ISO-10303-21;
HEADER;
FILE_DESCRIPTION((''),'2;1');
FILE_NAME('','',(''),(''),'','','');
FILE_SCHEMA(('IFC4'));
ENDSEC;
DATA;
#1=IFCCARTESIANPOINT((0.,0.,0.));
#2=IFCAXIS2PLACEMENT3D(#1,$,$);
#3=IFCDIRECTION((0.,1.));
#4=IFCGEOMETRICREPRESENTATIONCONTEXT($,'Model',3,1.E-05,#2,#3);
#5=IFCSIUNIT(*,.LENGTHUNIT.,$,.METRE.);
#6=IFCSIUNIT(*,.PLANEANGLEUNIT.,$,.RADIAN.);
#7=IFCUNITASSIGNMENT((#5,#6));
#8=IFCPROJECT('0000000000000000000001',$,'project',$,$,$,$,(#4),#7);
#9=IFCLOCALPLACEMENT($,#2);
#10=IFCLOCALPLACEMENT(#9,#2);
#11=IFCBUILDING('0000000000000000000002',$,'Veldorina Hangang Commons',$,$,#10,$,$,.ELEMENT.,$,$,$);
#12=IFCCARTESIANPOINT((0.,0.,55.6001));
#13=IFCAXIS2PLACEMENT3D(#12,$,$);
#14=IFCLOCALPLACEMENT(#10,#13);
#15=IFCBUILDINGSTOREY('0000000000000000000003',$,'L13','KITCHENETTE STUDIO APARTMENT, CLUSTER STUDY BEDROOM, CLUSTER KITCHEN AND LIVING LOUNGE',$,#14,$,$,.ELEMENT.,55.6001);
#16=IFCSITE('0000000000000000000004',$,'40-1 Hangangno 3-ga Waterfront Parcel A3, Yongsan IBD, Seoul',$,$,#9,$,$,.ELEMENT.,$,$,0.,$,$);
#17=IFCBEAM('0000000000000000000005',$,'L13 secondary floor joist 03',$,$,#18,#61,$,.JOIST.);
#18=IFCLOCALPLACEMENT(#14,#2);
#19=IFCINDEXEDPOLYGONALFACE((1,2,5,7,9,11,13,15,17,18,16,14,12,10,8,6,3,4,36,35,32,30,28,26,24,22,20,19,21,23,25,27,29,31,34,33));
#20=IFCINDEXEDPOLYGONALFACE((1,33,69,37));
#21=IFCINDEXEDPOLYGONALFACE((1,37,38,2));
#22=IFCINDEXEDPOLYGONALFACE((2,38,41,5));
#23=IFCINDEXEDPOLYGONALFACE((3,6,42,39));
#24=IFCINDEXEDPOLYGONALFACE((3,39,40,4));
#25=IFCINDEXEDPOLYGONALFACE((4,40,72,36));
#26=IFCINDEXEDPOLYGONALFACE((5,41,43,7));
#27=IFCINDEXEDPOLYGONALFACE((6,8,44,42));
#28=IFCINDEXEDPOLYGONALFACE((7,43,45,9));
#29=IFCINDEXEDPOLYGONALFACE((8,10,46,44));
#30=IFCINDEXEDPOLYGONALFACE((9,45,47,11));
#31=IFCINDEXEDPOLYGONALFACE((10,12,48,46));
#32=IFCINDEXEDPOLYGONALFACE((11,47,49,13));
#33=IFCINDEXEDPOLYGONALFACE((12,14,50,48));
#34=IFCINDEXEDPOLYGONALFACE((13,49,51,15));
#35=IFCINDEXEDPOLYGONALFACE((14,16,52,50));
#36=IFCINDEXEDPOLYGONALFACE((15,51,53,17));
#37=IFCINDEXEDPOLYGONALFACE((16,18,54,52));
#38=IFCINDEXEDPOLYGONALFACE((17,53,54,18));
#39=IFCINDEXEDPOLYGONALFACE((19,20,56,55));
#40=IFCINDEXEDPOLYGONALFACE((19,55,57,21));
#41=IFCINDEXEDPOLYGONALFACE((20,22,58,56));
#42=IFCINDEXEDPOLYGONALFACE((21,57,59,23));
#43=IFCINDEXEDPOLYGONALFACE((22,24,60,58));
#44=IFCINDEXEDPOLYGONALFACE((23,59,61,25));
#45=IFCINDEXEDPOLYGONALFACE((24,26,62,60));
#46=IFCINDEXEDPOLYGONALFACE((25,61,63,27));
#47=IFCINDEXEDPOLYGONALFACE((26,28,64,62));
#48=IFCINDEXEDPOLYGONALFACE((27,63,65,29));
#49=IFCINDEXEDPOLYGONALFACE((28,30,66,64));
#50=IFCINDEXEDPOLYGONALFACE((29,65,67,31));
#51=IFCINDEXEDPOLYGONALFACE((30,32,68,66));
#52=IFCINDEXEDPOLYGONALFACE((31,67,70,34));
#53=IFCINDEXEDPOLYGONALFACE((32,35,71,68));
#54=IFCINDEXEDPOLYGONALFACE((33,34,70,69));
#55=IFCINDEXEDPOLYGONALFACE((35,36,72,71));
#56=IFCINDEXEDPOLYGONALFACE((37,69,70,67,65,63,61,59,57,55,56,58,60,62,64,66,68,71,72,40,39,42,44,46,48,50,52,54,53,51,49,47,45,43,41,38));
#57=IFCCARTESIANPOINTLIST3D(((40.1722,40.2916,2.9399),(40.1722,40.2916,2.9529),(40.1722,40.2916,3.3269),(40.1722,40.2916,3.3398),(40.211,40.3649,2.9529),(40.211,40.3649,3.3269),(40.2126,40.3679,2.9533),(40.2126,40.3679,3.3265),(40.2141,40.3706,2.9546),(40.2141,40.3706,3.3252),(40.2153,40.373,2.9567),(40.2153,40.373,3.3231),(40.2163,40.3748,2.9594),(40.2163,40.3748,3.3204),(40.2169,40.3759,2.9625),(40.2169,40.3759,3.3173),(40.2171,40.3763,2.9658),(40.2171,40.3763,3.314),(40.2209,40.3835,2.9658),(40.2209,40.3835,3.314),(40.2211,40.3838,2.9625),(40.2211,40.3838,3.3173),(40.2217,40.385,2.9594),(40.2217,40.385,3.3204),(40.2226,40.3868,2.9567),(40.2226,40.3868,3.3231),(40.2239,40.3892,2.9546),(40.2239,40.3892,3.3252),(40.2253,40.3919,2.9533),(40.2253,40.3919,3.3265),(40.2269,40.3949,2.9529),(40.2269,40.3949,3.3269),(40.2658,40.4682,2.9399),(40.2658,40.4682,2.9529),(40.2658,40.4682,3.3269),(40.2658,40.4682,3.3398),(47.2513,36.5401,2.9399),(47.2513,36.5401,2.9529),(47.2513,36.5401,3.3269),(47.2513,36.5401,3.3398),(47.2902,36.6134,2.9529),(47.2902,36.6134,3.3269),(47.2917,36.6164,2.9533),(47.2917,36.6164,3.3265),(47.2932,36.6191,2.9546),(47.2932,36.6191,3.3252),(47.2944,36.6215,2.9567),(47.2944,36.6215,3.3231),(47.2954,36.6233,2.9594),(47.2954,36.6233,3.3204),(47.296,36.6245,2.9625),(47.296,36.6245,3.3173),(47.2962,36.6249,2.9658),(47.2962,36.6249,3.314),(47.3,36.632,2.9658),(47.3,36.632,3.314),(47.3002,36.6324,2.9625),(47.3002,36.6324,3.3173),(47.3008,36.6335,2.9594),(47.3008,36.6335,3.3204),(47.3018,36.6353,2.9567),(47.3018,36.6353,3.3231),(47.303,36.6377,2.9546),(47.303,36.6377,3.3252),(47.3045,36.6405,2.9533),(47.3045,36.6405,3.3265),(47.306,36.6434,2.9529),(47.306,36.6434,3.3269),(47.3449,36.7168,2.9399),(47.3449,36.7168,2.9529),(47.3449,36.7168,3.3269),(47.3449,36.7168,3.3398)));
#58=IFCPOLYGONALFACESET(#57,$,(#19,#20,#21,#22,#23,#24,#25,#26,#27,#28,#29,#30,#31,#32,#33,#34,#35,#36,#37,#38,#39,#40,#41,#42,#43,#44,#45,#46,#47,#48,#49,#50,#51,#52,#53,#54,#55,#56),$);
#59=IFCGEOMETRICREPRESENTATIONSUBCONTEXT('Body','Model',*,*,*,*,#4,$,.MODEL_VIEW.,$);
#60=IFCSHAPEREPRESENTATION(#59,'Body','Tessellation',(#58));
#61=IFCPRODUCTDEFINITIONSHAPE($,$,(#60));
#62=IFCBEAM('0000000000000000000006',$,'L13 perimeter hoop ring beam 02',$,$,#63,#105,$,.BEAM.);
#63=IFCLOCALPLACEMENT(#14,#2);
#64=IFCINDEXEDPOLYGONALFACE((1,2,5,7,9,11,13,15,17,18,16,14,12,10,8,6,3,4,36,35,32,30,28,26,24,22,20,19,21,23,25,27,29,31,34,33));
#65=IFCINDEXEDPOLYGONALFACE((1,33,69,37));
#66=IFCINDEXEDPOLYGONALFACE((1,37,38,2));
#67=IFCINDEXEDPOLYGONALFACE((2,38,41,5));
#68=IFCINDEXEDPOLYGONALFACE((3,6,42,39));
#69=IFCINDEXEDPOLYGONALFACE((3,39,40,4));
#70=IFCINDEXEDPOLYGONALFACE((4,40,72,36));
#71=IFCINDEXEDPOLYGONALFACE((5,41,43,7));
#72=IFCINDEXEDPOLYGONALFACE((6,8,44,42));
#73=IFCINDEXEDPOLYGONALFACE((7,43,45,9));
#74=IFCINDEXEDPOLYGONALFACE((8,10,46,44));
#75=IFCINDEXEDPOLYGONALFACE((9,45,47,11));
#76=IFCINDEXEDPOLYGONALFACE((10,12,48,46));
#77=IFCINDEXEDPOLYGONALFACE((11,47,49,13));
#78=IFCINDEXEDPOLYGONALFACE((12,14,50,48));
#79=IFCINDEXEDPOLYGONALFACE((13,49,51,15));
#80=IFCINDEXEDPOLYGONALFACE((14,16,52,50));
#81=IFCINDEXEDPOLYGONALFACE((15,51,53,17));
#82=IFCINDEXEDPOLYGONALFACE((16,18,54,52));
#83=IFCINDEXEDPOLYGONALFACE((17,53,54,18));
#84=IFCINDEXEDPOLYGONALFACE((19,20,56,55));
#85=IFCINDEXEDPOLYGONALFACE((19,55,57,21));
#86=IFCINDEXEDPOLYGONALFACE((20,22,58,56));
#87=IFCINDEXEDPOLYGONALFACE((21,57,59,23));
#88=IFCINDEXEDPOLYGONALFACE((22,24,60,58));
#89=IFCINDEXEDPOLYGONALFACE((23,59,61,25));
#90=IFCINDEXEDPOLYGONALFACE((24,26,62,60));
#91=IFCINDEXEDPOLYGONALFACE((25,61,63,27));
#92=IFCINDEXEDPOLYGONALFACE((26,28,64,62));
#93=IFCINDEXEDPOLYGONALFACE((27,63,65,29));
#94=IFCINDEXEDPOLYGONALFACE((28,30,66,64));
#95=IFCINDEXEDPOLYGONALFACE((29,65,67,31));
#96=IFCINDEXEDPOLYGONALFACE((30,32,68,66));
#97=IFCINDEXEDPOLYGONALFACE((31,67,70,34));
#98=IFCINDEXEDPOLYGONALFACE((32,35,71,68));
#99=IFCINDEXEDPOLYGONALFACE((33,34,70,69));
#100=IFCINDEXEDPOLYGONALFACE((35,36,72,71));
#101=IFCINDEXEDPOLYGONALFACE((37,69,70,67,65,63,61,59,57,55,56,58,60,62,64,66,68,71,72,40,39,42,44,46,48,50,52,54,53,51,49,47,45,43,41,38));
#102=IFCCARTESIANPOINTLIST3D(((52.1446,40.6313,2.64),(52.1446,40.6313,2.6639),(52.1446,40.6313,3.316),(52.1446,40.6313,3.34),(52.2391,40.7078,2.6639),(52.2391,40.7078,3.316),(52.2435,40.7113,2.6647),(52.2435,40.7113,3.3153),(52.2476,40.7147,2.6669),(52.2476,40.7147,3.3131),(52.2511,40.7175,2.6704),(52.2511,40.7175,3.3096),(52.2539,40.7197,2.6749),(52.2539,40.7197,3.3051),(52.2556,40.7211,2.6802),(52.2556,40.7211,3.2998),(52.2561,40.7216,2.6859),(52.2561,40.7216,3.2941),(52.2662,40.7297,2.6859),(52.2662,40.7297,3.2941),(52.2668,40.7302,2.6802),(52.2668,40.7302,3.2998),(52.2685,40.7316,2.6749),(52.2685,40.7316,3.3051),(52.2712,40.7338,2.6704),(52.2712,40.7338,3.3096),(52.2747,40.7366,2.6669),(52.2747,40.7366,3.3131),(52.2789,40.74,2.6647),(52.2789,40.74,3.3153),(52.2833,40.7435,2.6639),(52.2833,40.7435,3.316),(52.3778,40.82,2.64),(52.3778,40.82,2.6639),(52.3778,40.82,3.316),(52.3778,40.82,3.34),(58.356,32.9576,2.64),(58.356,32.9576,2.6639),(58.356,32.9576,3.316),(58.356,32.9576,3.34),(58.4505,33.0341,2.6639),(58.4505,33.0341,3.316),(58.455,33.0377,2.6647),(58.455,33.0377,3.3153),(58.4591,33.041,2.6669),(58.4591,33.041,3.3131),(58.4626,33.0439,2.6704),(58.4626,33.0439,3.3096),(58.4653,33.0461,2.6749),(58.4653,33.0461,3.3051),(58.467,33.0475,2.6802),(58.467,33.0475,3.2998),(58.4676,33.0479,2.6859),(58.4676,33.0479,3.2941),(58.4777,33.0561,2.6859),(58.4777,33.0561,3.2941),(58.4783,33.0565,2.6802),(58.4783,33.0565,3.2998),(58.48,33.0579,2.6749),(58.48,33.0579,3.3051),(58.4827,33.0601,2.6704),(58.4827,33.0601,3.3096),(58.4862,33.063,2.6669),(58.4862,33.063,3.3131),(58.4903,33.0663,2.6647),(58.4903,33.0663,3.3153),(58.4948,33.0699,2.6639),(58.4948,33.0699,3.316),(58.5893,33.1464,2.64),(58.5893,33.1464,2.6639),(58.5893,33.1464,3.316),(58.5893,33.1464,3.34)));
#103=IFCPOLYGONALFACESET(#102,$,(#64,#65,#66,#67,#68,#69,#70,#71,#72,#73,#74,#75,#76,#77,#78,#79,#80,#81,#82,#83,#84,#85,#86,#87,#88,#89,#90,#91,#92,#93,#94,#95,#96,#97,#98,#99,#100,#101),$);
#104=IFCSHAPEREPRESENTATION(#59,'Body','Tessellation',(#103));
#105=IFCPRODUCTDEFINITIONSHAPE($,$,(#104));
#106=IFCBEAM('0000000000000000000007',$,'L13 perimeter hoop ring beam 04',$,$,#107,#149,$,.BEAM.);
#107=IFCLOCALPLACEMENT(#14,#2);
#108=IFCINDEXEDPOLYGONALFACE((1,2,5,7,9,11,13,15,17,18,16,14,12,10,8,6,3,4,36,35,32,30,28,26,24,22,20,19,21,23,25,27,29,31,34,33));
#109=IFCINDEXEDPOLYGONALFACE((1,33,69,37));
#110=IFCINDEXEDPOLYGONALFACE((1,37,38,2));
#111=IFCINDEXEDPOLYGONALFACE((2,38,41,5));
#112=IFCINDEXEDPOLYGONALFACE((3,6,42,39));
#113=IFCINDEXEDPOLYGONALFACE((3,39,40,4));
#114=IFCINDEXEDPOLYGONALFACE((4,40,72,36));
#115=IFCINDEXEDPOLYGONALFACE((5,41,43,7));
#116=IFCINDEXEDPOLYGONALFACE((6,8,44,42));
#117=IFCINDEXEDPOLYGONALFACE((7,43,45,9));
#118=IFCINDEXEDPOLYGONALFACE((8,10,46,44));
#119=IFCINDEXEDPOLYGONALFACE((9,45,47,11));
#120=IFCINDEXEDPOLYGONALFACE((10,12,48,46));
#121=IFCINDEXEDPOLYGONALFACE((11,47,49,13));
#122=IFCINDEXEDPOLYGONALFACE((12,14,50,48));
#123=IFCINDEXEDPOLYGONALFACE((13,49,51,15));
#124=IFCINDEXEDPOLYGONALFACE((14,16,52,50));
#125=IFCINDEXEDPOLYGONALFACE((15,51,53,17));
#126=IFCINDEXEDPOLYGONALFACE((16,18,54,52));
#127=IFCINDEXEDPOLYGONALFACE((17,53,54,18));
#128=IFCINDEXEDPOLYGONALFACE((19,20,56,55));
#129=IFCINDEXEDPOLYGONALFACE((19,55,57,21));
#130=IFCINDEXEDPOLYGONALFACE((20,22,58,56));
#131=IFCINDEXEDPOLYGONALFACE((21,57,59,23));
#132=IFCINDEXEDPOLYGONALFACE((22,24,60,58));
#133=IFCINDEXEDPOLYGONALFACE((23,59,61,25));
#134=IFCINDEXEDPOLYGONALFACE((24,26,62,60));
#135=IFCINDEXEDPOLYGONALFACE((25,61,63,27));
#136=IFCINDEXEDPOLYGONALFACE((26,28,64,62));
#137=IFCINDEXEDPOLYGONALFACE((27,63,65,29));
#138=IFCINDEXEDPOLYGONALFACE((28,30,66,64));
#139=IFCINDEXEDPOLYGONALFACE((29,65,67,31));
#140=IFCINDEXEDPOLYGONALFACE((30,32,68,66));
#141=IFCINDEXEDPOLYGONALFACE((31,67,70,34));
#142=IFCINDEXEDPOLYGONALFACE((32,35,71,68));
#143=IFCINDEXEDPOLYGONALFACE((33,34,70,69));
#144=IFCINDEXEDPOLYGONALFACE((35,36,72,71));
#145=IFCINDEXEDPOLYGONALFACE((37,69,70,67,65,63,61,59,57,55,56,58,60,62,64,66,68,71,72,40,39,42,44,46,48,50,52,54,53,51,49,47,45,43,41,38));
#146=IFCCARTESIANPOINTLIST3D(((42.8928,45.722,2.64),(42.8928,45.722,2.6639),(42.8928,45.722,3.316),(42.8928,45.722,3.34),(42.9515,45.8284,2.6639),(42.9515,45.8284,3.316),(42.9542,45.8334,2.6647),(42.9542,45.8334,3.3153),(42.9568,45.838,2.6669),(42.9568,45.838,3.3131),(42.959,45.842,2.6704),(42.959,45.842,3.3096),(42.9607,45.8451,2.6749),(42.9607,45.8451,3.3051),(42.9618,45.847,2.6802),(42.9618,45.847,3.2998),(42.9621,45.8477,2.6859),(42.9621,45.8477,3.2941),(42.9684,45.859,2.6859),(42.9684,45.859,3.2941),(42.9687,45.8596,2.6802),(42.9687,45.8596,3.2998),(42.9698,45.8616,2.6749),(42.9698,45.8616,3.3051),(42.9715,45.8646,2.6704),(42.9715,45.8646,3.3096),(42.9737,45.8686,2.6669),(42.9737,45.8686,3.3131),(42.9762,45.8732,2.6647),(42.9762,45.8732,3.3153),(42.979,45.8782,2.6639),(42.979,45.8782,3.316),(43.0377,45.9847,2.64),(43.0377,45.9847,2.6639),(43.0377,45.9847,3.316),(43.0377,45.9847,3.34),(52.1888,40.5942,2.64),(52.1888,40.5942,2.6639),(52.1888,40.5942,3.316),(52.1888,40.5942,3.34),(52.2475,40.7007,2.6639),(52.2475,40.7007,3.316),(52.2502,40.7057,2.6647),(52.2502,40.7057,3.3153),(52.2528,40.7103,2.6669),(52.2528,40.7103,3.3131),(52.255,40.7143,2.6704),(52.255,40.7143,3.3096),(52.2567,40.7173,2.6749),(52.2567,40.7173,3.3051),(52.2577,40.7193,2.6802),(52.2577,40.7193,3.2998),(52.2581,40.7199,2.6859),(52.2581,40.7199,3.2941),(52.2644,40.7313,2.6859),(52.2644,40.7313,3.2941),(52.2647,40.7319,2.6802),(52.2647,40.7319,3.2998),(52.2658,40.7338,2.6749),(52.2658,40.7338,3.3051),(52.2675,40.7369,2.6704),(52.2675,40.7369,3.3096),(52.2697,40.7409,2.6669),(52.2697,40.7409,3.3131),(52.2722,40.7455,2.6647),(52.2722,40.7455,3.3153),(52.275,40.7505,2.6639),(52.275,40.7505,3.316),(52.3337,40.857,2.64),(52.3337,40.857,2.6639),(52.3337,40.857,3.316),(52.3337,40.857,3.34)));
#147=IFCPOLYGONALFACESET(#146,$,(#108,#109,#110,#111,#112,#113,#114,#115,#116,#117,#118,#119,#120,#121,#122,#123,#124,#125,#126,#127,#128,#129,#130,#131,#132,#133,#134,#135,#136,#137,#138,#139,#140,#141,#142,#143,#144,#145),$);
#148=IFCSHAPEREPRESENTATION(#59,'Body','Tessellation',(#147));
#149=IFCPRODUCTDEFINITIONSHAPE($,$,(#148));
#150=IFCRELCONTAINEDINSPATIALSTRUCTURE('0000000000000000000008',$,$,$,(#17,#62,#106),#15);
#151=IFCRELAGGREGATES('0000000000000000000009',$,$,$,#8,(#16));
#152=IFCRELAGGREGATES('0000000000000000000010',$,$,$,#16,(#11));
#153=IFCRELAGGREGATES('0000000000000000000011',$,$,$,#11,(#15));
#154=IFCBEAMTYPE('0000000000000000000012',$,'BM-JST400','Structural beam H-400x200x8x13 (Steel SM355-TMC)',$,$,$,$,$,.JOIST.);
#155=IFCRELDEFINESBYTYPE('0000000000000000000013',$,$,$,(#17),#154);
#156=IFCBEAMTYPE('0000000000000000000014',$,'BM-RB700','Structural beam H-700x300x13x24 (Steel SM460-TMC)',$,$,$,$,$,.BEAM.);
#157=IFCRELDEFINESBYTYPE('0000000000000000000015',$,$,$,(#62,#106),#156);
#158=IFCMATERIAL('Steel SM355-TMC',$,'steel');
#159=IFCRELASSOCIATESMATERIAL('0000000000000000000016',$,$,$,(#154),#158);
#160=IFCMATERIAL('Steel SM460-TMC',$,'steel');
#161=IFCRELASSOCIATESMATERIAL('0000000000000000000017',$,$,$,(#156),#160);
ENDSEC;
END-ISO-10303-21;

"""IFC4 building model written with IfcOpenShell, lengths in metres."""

from ifc_helpers import new_model, si_unit, direction, frame, origin, origin_2d, place, context, subcontext, project, spatial, i_section, extrude, material, material_profile, profile_set, type_object, element, save


model = new_model("IFC4")

# Units and contexts
model_context = context("Model", 3, precision=1e-05, world=origin(), true_north=direction((0.0, 1.0)))
body_context = subcontext(model_context, "Body", "Model", "MODEL_VIEW")
ifc_project = project(units=[si_unit("LENGTHUNIT", "METRE"), si_unit("PLANEANGLEUNIT", "RADIAN")], contexts=[model_context])

# Site, building, storey
site_placement = place(None, origin())
site = spatial("IfcSite", under=ifc_project, at=site_placement, Name="40-1 Hangangno 3-ga Waterfront Parcel A3, Yongsan IBD, Seoul", CompositionType="ELEMENT", RefElevation=0.0)
building_placement = place(site_placement, origin())
building = spatial("IfcBuilding", under=site, at=building_placement, Name="Veldorina Hangang Commons", CompositionType="ELEMENT")
storey_placement = place(building_placement, frame((0.0, 0.0, 55.6001)))
storey = spatial("IfcBuildingStorey", under=building, at=storey_placement, Name="L13", Description="KITCHENETTE STUDIO APARTMENT, CLUSTER STUDY BEDROOM, CLUSTER KITCHEN AND LIVING LOUNGE", CompositionType="ELEMENT", Elevation=55.6001)

# Beams
ifc_material_1 = material(Name="Steel SM355-TMC", Category="steel")
ifc_material_profile_1 = material_profile(ifc_material_1, i_section(OverallWidth=0.2, OverallDepth=0.3999, WebThickness=0.0081, FlangeThickness=0.0129, FilletRadius=0.0129, at=origin_2d()), Name="H-400x200x8x13")
ifc_profile_set_1 = profile_set([ifc_material_profile_1], Name="Steel SM355-TMC")
beam_type_1 = type_object("IfcBeamType", Name="BM-JST400", Description="Structural beam H-400x200x8x13 (Steel SM355-TMC)", PredefinedType="JOIST", material=ifc_profile_set_1)
beam_1_placement = place(storey_placement, frame((47.2981, 36.6284, 3.1399), z_axis=(-0.883597, 0.468249, 0.0), x_axis=(-0.468249, -0.883597, 0.0)))
element("IfcBeam", 1, at=beam_1_placement, inside=storey, type_object=beam_type_1, Name="L13 secondary floor joist 03", PredefinedType="JOIST", context=body_context, shape_type="SweptSolid", body=[
    extrude(i_section(OverallWidth=0.2, OverallDepth=0.3999, WebThickness=0.0081, FlangeThickness=0.0129, FilletRadius=0.0129, at=origin_2d()), origin(), (0.0, 0.0, 1.0), 8.0117),
])
ifc_material_2 = material(Name="Steel SM460-TMC", Category="steel")
ifc_material_profile_2 = material_profile(ifc_material_2, i_section(OverallWidth=0.3, OverallDepth=0.7, WebThickness=0.0129, FlangeThickness=0.0239, FilletRadius=0.022, at=origin_2d()), Name="H-700x300x13x24")
ifc_profile_set_2 = profile_set([ifc_material_profile_2], Name="Steel SM460-TMC")
beam_type_2 = type_object("IfcBeamType", Name="BM-RB700", Description="Structural beam H-700x300x13x24 (Steel SM460-TMC)", PredefinedType="BEAM", material=ifc_profile_set_2)
beam_2_placement = place(storey_placement, frame((58.4727, 33.052, 2.99), z_axis=(-0.629166, 0.777271, 0.0), x_axis=(-0.777271, -0.629166, 0.0)))
element("IfcBeam", 2, at=beam_2_placement, inside=storey, type_object=beam_type_2, Name="L13 perimeter hoop ring beam 02", PredefinedType="BEAM", context=body_context, shape_type="SweptSolid", body=[
    extrude(i_section(OverallWidth=0.3, OverallDepth=0.7, WebThickness=0.0129, FlangeThickness=0.0239, FilletRadius=0.022, at=origin_2d()), origin(), (0.0, 0.0, 1.0), 9.8726),
])
beam_3_placement = place(storey_placement, frame((52.2612, 40.7256, 2.99), z_axis=(-0.875621, 0.482999, 0.0), x_axis=(-0.482999, -0.875621, 0.0)))
element("IfcBeam", 3, at=beam_3_placement, inside=storey, type_object=beam_type_2, Name="L13 perimeter hoop ring beam 04", PredefinedType="BEAM", context=body_context, shape_type="SweptSolid", body=[
    extrude(i_section(OverallWidth=0.3, OverallDepth=0.7, WebThickness=0.0129, FlangeThickness=0.0239, FilletRadius=0.022, at=origin_2d()), origin(), (0.0, 0.0, 1.0), 10.6165),
])

save(model, "model.ifc")
